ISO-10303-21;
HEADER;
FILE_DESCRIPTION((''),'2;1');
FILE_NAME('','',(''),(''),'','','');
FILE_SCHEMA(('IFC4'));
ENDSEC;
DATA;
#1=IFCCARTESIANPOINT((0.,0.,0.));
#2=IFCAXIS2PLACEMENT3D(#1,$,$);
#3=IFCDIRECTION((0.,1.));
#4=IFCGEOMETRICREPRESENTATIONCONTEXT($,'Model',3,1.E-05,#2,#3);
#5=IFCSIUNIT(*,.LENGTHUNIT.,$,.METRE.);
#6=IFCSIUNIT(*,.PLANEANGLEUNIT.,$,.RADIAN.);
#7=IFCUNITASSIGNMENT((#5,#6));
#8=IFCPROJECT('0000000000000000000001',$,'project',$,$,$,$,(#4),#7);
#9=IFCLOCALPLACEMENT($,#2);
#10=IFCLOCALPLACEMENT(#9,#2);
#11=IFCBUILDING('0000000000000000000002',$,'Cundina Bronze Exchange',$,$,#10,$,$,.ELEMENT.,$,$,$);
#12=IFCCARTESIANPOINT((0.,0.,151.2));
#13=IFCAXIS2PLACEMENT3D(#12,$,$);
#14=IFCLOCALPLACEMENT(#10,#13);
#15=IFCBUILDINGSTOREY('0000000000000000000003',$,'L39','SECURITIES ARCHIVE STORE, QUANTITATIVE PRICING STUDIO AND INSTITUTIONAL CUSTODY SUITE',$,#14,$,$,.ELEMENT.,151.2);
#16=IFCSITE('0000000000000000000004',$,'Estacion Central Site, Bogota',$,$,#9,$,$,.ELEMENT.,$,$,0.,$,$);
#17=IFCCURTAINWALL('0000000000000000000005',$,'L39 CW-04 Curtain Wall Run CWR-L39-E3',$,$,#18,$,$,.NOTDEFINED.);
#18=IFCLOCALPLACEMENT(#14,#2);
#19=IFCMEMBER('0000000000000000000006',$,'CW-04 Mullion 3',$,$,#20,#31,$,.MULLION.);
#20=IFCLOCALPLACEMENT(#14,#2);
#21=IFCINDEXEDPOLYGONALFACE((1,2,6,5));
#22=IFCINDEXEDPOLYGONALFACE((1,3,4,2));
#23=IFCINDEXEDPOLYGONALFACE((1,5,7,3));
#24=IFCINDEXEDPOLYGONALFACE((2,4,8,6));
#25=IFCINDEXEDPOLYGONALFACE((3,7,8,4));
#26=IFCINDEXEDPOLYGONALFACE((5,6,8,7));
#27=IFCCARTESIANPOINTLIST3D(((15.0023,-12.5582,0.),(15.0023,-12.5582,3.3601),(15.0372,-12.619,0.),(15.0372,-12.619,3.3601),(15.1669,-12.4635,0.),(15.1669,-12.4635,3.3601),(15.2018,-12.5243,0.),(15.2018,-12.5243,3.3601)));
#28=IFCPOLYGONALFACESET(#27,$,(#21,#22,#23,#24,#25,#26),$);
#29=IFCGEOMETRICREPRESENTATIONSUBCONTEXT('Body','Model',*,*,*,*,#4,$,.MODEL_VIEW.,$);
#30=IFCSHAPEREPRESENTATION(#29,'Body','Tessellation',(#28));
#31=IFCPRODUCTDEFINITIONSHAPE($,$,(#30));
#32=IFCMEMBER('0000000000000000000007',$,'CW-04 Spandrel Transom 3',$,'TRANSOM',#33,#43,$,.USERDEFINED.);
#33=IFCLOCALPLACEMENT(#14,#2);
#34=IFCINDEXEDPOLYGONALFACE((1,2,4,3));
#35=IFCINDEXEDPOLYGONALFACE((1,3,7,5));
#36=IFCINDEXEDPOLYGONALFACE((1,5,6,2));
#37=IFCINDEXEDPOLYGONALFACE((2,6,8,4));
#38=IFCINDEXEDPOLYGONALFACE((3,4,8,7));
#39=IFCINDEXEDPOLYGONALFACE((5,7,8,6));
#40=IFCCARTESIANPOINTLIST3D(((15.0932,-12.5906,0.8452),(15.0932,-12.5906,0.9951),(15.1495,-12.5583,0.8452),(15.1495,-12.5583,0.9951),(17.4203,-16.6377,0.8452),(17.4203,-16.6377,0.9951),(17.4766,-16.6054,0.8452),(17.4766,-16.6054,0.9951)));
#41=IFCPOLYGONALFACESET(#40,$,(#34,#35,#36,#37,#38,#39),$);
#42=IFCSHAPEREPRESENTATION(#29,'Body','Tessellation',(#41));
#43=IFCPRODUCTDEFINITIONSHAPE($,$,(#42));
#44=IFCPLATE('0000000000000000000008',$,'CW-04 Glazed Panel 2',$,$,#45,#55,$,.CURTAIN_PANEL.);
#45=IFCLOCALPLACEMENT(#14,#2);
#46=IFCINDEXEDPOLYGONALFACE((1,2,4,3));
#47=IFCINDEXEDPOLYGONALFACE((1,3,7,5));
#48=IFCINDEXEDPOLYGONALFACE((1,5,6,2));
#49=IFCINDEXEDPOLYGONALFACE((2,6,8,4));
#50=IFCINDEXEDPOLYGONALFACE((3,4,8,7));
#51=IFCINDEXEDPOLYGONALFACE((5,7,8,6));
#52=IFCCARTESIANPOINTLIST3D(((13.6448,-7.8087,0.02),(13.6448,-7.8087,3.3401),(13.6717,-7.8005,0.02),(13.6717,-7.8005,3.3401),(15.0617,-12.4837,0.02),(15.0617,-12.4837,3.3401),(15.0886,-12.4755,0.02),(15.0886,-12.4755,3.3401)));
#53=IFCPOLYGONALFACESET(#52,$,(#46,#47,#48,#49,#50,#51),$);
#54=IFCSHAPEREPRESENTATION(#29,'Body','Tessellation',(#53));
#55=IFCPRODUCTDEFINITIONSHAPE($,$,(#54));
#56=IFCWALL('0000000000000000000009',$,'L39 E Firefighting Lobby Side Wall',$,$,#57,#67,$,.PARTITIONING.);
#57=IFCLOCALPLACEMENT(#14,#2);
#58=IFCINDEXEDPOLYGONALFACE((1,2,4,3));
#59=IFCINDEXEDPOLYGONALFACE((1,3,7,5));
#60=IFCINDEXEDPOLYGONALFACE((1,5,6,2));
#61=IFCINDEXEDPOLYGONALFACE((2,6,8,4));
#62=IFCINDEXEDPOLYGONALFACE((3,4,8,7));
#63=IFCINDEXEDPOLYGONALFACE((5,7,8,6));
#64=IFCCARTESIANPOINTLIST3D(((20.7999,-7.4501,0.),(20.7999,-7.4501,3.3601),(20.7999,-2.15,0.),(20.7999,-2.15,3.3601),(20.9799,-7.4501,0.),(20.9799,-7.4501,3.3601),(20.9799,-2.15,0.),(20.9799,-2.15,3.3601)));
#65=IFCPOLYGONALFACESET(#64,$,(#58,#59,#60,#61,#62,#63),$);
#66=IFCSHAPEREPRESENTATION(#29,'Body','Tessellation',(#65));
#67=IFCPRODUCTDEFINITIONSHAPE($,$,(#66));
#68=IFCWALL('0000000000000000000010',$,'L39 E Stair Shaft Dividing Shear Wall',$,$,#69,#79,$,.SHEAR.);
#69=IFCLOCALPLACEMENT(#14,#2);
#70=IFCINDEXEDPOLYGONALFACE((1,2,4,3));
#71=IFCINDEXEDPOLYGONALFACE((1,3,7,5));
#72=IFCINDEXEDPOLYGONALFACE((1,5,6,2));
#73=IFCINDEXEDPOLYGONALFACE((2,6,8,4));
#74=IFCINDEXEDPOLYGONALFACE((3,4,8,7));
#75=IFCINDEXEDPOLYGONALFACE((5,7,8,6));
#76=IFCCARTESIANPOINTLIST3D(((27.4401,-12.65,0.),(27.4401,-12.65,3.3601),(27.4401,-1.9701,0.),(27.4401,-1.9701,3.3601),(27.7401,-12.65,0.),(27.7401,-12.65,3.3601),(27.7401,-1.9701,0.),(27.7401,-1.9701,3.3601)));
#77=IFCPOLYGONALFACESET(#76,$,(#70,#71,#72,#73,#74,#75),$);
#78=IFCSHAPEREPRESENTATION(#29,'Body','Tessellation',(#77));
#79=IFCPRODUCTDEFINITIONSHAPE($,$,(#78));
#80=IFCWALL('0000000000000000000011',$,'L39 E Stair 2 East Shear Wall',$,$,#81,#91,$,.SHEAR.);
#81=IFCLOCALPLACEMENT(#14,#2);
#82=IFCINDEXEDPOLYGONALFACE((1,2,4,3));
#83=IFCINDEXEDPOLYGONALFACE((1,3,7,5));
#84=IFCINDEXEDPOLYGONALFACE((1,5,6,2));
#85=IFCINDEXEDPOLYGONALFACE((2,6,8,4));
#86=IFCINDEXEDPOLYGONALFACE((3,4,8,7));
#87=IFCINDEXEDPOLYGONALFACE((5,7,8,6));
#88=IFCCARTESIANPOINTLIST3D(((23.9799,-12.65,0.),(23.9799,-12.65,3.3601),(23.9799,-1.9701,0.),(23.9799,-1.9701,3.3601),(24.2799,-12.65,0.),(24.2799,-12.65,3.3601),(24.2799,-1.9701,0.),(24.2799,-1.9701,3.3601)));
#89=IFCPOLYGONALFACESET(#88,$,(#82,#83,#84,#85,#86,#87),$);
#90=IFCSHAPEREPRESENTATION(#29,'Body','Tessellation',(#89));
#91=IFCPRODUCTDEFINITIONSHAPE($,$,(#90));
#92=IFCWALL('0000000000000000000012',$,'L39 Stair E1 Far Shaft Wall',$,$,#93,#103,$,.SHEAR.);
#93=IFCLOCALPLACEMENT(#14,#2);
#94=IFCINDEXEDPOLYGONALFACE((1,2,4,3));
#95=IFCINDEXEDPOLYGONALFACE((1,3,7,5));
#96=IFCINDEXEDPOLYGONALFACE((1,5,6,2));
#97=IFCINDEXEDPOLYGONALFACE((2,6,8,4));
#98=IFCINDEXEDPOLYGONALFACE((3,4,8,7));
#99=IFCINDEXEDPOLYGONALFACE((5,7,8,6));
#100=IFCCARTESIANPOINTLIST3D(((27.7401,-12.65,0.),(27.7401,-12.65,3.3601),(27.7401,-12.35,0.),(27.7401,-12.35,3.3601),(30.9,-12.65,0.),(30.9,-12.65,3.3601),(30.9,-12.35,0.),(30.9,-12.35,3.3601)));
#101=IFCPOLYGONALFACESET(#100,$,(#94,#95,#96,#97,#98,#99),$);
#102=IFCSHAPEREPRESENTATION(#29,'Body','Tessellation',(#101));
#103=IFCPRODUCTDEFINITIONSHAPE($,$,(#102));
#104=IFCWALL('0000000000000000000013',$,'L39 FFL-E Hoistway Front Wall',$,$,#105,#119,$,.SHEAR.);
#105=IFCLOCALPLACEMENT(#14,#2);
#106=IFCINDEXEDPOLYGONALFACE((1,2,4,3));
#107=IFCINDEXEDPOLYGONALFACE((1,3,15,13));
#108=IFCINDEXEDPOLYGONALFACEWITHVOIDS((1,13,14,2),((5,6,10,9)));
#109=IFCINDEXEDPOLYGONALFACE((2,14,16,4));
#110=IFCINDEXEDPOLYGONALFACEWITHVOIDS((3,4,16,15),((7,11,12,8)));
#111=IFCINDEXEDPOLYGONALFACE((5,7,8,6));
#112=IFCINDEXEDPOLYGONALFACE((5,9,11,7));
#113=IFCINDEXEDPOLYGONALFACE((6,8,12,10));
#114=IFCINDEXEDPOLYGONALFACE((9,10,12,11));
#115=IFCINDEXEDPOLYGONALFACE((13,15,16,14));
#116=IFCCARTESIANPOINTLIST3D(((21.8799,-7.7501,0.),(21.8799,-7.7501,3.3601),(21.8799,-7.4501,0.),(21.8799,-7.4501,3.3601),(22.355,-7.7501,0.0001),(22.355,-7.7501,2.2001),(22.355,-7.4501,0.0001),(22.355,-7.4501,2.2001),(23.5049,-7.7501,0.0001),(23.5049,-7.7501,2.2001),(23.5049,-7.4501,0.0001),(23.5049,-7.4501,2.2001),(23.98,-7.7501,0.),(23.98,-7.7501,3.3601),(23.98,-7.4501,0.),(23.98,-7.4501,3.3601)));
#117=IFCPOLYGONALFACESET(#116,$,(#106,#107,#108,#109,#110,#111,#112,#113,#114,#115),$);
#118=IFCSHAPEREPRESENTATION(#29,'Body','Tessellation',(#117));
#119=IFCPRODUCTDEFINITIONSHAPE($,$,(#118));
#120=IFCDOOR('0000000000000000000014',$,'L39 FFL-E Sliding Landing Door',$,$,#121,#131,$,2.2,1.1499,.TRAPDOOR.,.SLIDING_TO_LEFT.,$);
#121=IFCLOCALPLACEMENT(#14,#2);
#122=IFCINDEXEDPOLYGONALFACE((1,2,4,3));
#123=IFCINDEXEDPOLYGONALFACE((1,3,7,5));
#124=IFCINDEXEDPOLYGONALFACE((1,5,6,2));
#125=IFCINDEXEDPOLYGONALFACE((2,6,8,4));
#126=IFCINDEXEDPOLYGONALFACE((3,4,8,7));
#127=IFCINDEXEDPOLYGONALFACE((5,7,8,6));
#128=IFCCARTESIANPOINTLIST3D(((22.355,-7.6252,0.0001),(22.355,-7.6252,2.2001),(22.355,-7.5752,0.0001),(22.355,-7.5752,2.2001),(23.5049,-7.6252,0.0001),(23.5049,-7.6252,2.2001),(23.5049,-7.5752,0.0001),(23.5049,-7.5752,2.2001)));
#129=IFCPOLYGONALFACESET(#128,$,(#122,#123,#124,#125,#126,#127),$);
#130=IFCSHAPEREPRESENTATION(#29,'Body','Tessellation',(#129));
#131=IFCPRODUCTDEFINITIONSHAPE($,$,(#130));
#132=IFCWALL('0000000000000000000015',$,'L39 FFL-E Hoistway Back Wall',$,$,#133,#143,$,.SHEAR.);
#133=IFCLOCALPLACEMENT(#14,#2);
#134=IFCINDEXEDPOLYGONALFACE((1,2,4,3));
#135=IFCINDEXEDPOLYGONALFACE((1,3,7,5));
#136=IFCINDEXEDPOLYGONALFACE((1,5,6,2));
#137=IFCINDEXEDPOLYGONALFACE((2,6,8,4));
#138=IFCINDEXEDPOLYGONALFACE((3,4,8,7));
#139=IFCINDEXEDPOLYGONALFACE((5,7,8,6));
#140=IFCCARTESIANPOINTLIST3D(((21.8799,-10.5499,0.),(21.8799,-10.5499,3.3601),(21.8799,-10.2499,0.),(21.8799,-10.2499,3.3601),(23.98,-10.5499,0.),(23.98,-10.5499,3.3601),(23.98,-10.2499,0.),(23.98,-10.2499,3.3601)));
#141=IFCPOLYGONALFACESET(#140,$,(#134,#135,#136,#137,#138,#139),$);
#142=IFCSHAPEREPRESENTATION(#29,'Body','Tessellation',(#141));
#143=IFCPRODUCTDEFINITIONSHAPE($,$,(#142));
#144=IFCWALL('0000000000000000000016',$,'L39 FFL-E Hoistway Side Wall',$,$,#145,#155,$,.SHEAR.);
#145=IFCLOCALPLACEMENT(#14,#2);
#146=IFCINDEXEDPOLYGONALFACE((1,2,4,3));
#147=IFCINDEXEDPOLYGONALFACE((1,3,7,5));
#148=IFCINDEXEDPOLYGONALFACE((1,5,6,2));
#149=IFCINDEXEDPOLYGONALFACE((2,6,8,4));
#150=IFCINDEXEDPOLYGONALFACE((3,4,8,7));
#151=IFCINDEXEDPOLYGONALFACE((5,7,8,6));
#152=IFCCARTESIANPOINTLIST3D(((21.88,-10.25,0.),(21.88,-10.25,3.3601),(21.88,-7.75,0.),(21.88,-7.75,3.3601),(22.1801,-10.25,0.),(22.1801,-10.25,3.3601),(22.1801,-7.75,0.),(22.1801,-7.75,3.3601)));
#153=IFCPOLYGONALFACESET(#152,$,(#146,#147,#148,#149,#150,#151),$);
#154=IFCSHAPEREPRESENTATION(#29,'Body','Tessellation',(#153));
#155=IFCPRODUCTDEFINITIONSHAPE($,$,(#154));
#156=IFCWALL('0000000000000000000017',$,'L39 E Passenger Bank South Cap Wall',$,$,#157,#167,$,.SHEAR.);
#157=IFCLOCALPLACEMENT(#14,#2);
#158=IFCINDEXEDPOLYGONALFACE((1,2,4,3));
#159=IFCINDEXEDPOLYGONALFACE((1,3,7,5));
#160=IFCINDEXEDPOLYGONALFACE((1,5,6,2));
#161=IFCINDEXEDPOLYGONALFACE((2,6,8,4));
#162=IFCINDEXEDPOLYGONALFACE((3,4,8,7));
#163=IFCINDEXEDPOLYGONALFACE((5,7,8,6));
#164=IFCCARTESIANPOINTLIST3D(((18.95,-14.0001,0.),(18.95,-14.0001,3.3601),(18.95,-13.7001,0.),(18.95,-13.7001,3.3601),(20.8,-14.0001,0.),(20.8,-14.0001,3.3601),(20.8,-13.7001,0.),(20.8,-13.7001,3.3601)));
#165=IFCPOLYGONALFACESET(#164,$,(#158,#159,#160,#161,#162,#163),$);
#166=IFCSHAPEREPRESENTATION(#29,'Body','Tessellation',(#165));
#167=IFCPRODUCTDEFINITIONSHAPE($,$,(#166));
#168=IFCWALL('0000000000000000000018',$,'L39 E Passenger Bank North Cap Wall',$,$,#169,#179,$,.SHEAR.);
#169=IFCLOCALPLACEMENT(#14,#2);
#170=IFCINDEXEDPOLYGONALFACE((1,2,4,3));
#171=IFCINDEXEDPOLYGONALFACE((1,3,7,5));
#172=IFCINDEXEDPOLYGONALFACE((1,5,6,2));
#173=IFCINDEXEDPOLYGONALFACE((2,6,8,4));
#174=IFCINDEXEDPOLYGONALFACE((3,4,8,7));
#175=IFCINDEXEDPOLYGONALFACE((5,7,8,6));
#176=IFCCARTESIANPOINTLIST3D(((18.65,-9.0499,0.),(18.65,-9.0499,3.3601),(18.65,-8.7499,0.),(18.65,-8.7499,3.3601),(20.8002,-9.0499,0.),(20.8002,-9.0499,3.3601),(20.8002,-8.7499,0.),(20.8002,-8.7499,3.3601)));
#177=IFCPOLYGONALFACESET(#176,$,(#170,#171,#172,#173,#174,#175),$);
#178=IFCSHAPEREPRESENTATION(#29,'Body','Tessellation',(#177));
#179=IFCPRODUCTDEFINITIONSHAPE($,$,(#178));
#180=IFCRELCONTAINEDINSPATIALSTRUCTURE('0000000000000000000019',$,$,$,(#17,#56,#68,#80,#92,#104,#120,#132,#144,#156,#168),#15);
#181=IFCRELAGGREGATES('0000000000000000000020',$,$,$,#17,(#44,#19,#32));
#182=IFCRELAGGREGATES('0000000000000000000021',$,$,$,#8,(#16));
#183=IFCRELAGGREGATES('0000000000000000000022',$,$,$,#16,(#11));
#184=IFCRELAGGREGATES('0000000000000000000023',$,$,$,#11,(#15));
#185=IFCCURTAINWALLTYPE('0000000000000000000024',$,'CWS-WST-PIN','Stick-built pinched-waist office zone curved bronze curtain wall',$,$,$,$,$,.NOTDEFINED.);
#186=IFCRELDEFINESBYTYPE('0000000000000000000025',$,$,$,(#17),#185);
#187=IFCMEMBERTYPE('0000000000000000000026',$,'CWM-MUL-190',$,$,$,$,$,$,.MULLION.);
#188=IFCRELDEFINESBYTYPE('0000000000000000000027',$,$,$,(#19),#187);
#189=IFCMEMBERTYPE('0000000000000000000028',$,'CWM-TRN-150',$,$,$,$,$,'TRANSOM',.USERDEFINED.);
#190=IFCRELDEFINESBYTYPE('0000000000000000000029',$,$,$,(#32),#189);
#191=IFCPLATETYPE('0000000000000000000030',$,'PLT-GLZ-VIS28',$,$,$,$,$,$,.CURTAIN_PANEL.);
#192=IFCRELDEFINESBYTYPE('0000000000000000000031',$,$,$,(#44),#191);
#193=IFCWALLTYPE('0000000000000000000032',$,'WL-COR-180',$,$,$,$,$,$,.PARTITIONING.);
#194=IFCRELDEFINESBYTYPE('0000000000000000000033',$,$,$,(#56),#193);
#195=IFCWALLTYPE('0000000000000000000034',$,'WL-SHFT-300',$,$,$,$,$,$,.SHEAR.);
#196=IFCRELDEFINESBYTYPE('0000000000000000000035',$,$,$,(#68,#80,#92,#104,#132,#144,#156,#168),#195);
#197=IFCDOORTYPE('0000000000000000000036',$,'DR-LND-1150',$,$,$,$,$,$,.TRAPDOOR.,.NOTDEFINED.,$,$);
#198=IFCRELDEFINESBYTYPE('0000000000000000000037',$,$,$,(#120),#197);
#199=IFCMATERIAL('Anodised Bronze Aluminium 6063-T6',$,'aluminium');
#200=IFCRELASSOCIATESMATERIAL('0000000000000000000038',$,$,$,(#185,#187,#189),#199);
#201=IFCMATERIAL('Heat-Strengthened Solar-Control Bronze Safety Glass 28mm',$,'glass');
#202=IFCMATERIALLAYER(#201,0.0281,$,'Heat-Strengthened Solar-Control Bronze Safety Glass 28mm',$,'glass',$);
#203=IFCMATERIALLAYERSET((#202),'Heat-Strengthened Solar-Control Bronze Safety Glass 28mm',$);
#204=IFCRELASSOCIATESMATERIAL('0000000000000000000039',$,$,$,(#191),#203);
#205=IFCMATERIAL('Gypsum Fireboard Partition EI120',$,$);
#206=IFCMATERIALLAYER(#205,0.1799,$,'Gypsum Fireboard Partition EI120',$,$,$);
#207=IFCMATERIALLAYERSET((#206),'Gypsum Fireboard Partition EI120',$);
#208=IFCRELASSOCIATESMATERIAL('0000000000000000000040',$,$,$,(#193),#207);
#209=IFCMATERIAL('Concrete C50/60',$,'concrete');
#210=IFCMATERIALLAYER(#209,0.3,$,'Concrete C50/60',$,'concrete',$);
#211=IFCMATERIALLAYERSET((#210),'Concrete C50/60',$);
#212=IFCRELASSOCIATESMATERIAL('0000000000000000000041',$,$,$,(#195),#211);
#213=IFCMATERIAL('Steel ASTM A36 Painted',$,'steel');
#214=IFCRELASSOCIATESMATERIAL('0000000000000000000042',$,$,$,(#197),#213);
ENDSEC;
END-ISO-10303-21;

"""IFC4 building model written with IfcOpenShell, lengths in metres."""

from ifc_helpers import new_model, si_unit, direction, frame, frame_2d, origin, origin_2d, place, context, subcontext, project, spatial, rectangle, extrude, material, layer, layer_set, material_profile, profile_set, type_object, element, fill, aggregate, save


model = new_model("IFC4")

# Units and contexts
model_context = context("Model", 3, precision=1e-05, world=origin(), true_north=direction((0.0, 1.0)))
body_context = subcontext(model_context, "Body", "Model", "MODEL_VIEW")
ifc_project = project(units=[si_unit("LENGTHUNIT", "METRE"), si_unit("PLANEANGLEUNIT", "RADIAN")], contexts=[model_context])

# Site, building, storey
site_placement = place(None, origin())
site = spatial("IfcSite", under=ifc_project, at=site_placement, Name="Estacion Central Site, Bogota", CompositionType="ELEMENT", RefElevation=0.0)
building_placement = place(site_placement, origin())
building = spatial("IfcBuilding", under=site, at=building_placement, Name="Cundina Bronze Exchange", CompositionType="ELEMENT")
storey_placement = place(building_placement, frame((0.0, 0.0, 151.2)))
storey = spatial("IfcBuildingStorey", under=building, at=storey_placement, Name="L39", Description="SECURITIES ARCHIVE STORE, QUANTITATIVE PRICING STUDIO AND INSTITUTIONAL CUSTODY SUITE", CompositionType="ELEMENT", Elevation=151.2)

# Shared definitions
ifc_material_1 = material(Name="Concrete C50/60", Category="concrete")

# Curtain wall, members, plate
ifc_material_2 = material(Name="Anodised Bronze Aluminium 6063-T6", Category="aluminium")
curtain_wall_type = type_object("IfcCurtainWallType", Name="CWS-WST-PIN", Description="Stick-built pinched-waist office zone curved bronze curtain wall", PredefinedType="NOTDEFINED", material=ifc_material_2)
curtain_wall_placement = place(storey_placement, origin())
curtain_wall = element("IfcCurtainWall", 1, at=curtain_wall_placement, inside=storey, type_object=curtain_wall_type, Name="L39 CW-04 Curtain Wall Run CWR-L39-E3", PredefinedType="NOTDEFINED")
ifc_material_profile_1 = material_profile(ifc_material_2, rectangle(XDim=0.0701, YDim=0.1899, at=origin_2d()), Name="AL70X190", Category="aluminium")
ifc_profile_set_1 = profile_set([ifc_material_profile_1], Name="Anodised Bronze Aluminium 6063-T6")
member_type_1 = type_object("IfcMemberType", Name="CWM-MUL-190", PredefinedType="MULLION", material=ifc_profile_set_1)
member_1_placement = place(storey_placement, frame((15.1021, -12.5413, 0.0), z_axis=(0.0, 0.0, 1.0), x_axis=(0.498488, -0.866897, 0.0)))
member_1 = element("IfcMember", 2, at=member_1_placement, type_object=member_type_1, Name="CW-04 Mullion 3", PredefinedType="MULLION", context=body_context, shape_type="SweptSolid", body=[
    extrude(rectangle(XDim=0.0701, YDim=0.1899, at=origin_2d()), origin(), (0.0, 0.0, 1.0), 3.3601),
])
ifc_material_profile_2 = material_profile(ifc_material_2, rectangle(XDim=0.0649, YDim=0.1499, at=origin_2d()), Name="AL65X150", Category="aluminium")
ifc_profile_set_2 = profile_set([ifc_material_profile_2], Name="Anodised Bronze Aluminium 6063-T6")
member_type_2 = type_object("IfcMemberType", Name="CWM-TRN-150", ElementType="TRANSOM", PredefinedType="USERDEFINED", material=ifc_profile_set_2)
member_2_placement = place(storey_placement, frame((15.1213, -12.5745, 0.9202), z_axis=(0.49848, -0.866901, 0.0), x_axis=(0.866901, 0.49848, 0.0)))
member_2 = element("IfcMember", 3, at=member_2_placement, type_object=member_type_2, Name="CW-04 Spandrel Transom 3", ObjectType="TRANSOM", PredefinedType="USERDEFINED", context=body_context, shape_type="SweptSolid", body=[
    extrude(rectangle(XDim=0.0649, YDim=0.1499, at=origin_2d()), origin(), (0.0, 0.0, 1.0), 4.6685),
])
ifc_material_3 = material(Name="Heat-Strengthened Solar-Control Bronze Safety Glass 28mm", Category="glass")
ifc_layer_1 = layer(ifc_material_3, 0.0281, Name="Heat-Strengthened Solar-Control Bronze Safety Glass 28mm", Category="glass")
ifc_layer_set_1 = layer_set([ifc_layer_1], Name="Heat-Strengthened Solar-Control Bronze Safety Glass 28mm")
plate_type = type_object("IfcPlateType", Name="PLT-GLZ-VIS28", PredefinedType="CURTAIN_PANEL", material=ifc_layer_set_1)
plate_placement = place(storey_placement, frame((14.3667, -10.1421, 0.02), z_axis=(0.0, 0.0, 1.0), x_axis=(0.290051, -0.957011, 0.0)))
plate = element("IfcPlate", 4, at=plate_placement, type_object=plate_type, Name="CW-04 Glazed Panel 2", PredefinedType="CURTAIN_PANEL", context=body_context, shape_type="SweptSolid", body=[
    extrude(rectangle(XDim=4.885, YDim=0.0281, at=origin_2d()), origin(), (0.0, 0.0, 1.0), 3.3201),
])
aggregate(curtain_wall, [plate, member_1, member_2])

# Walls
ifc_material_4 = material(Name="Gypsum Fireboard Partition EI120")
ifc_layer_2 = layer(ifc_material_4, 0.1799, Name="Gypsum Fireboard Partition EI120")
ifc_layer_set_2 = layer_set([ifc_layer_2], Name="Gypsum Fireboard Partition EI120")
wall_type_1 = type_object("IfcWallType", Name="WL-COR-180", PredefinedType="PARTITIONING", material=ifc_layer_set_2)
wall_1_placement = place(storey_placement, frame((20.8899, -7.45, 0.0), z_axis=(0.0, 0.0, 1.0), x_axis=(0.0, 1.0, 0.0)))
element("IfcWall", 5, at=wall_1_placement, inside=storey, type_object=wall_type_1, Name="L39 E Firefighting Lobby Side Wall", PredefinedType="PARTITIONING", context=body_context, shape_type="SweptSolid", body=[
    extrude(rectangle(XDim=5.3, YDim=0.1799, at=frame_2d((2.6499, 0.0))), origin(), (0.0, 0.0, 1.0), 3.3601),
])
ifc_layer_3 = layer(ifc_material_1, 0.3, Name="Concrete C50/60", Category="concrete")
ifc_layer_set_3 = layer_set([ifc_layer_3], Name="Concrete C50/60")
wall_type_2 = type_object("IfcWallType", Name="WL-SHFT-300", PredefinedType="SHEAR", material=ifc_layer_set_3)
for number, where, z_axis, x_axis, name in (
    (6, (27.5901, -12.6499, 0.0), (0.0, 0.0, 1.0), (0.0, 1.0, 0.0), "L39 E Stair Shaft Dividing Shear Wall"),
    (7, (24.1299, -12.6499, 0.0), (0.0, 0.0, 1.0), (0.0, 1.0, 0.0), "L39 E Stair 2 East Shear Wall"),
):
    element("IfcWall", number, at=place(storey_placement, frame(where, z_axis=z_axis, x_axis=x_axis)), inside=storey, type_object=wall_type_2, Name=name, PredefinedType="SHEAR", context=body_context, shape_type="SweptSolid", body=[
        extrude(rectangle(XDim=10.6799, YDim=0.3, at=frame_2d((5.3398, 0.0))), origin(), (0.0, 0.0, 1.0), 3.3601),
    ])
wall_2_placement = place(storey_placement, frame((27.74, -12.5, 0.0), z_axis=(0.0, 0.0, 1.0), x_axis=(1.0, 0.0, 0.0)))
element("IfcWall", 8, at=wall_2_placement, inside=storey, type_object=wall_type_2, Name="L39 Stair E1 Far Shaft Wall", PredefinedType="SHEAR", context=body_context, shape_type="SweptSolid", body=[
    extrude(rectangle(XDim=3.1599, YDim=0.3, at=frame_2d((1.5801, 0.0))), origin(), (0.0, 0.0, 1.0), 3.3601),
])

# Wall, opening, door
ifc_material_5 = material(Name="Steel ASTM A36 Painted", Category="steel")
wall_3_placement = place(storey_placement, frame((21.8799, -7.6001, 0.0), z_axis=(0.0, 0.0, 1.0), x_axis=(1.0, 0.0, 0.0)))
wall_3 = element("IfcWall", 9, at=wall_3_placement, inside=storey, type_object=wall_type_2, Name="L39 FFL-E Hoistway Front Wall", PredefinedType="SHEAR", context=body_context, shape_type="SweptSolid", body=[
    extrude(rectangle(XDim=2.1001, YDim=0.3, at=frame_2d((1.05, 0.0))), origin(), (0.0, 0.0, 1.0), 3.3601),
])
opening_1_placement = place(wall_3_placement, frame((0.4751, 0.0, 0.0)))
opening_1 = element("IfcOpeningElement", 10, at=opening_1_placement, cuts=wall_3, PredefinedType="OPENING", context=body_context, shape_type="SweptSolid", body=[
    extrude(rectangle(XDim=1.1499, YDim=2.2, at=frame_2d((0.575, 1.1001))), frame((0.0, 0.1599, 0.0), z_axis=(0.0, -1.0, 0.0), x_axis=(1.0, 0.0, 0.0)), (0.0, 0.0, 1.0), 0.3201),
])
door_type_1 = type_object("IfcDoorType", Name="DR-LND-1150", OperationType="NOTDEFINED", PredefinedType="TRAPDOOR", material=ifc_material_5)
door_1_placement = place(opening_1_placement, origin())
door_1 = element("IfcDoor", 11, at=door_1_placement, inside=storey, type_object=door_type_1, Name="L39 FFL-E Sliding Landing Door", OperationType="SLIDING_TO_LEFT", OverallHeight=2.2, OverallWidth=1.1499, PredefinedType="TRAPDOOR", context=body_context, shape_type="SweptSolid", body=[
    extrude(rectangle(XDim=1.1499, YDim=2.2, at=frame_2d((0.575, 1.1001))), frame((0.0, 0.0249, 0.0), z_axis=(0.0, -1.0, 0.0), x_axis=(1.0, 0.0, 0.0)), (0.0, 0.0, 1.0), 0.05),
])
fill(opening_1, door_1)

# Walls
wall_4_placement = place(storey_placement, frame((21.8799, -10.3999, 0.0), z_axis=(0.0, 0.0, 1.0), x_axis=(1.0, 0.0, 0.0)))
element("IfcWall", 12, at=wall_4_placement, inside=storey, type_object=wall_type_2, Name="L39 FFL-E Hoistway Back Wall", PredefinedType="SHEAR", context=body_context, shape_type="SweptSolid", body=[
    extrude(rectangle(XDim=2.1001, YDim=0.3, at=frame_2d((1.05, 0.0))), origin(), (0.0, 0.0, 1.0), 3.3601),
])
wall_5_placement = place(storey_placement, frame((22.03, -10.25, 0.0), z_axis=(0.0, 0.0, 1.0), x_axis=(0.0, 1.0, 0.0)))
element("IfcWall", 13, at=wall_5_placement, inside=storey, type_object=wall_type_2, Name="L39 FFL-E Hoistway Side Wall", PredefinedType="SHEAR", context=body_context, shape_type="SweptSolid", body=[
    extrude(rectangle(XDim=2.5, YDim=0.3, at=frame_2d((1.25, 0.0))), origin(), (0.0, 0.0, 1.0), 3.3601),
])
wall_6_placement = place(storey_placement, frame((18.95, -13.8501, 0.0), z_axis=(0.0, 0.0, 1.0), x_axis=(1.0, 0.0, 0.0)))
element("IfcWall", 14, at=wall_6_placement, inside=storey, type_object=wall_type_2, Name="L39 E Passenger Bank South Cap Wall", PredefinedType="SHEAR", context=body_context, shape_type="SweptSolid", body=[
    extrude(rectangle(XDim=1.8501, YDim=0.3, at=frame_2d((0.925, 0.0))), origin(), (0.0, 0.0, 1.0), 3.3601),
])
wall_7_placement = place(storey_placement, frame((18.6499, -8.8999, 0.0), z_axis=(0.0, 0.0, 1.0), x_axis=(1.0, 0.0, 0.0)))
element("IfcWall", 15, at=wall_7_placement, inside=storey, type_object=wall_type_2, Name="L39 E Passenger Bank North Cap Wall", PredefinedType="SHEAR", context=body_context, shape_type="SweptSolid", body=[
    extrude(rectangle(XDim=2.1501, YDim=0.3, at=frame_2d((1.0752, 0.0))), origin(), (0.0, 0.0, 1.0), 3.3601),
])

save(model, "model.ifc")
